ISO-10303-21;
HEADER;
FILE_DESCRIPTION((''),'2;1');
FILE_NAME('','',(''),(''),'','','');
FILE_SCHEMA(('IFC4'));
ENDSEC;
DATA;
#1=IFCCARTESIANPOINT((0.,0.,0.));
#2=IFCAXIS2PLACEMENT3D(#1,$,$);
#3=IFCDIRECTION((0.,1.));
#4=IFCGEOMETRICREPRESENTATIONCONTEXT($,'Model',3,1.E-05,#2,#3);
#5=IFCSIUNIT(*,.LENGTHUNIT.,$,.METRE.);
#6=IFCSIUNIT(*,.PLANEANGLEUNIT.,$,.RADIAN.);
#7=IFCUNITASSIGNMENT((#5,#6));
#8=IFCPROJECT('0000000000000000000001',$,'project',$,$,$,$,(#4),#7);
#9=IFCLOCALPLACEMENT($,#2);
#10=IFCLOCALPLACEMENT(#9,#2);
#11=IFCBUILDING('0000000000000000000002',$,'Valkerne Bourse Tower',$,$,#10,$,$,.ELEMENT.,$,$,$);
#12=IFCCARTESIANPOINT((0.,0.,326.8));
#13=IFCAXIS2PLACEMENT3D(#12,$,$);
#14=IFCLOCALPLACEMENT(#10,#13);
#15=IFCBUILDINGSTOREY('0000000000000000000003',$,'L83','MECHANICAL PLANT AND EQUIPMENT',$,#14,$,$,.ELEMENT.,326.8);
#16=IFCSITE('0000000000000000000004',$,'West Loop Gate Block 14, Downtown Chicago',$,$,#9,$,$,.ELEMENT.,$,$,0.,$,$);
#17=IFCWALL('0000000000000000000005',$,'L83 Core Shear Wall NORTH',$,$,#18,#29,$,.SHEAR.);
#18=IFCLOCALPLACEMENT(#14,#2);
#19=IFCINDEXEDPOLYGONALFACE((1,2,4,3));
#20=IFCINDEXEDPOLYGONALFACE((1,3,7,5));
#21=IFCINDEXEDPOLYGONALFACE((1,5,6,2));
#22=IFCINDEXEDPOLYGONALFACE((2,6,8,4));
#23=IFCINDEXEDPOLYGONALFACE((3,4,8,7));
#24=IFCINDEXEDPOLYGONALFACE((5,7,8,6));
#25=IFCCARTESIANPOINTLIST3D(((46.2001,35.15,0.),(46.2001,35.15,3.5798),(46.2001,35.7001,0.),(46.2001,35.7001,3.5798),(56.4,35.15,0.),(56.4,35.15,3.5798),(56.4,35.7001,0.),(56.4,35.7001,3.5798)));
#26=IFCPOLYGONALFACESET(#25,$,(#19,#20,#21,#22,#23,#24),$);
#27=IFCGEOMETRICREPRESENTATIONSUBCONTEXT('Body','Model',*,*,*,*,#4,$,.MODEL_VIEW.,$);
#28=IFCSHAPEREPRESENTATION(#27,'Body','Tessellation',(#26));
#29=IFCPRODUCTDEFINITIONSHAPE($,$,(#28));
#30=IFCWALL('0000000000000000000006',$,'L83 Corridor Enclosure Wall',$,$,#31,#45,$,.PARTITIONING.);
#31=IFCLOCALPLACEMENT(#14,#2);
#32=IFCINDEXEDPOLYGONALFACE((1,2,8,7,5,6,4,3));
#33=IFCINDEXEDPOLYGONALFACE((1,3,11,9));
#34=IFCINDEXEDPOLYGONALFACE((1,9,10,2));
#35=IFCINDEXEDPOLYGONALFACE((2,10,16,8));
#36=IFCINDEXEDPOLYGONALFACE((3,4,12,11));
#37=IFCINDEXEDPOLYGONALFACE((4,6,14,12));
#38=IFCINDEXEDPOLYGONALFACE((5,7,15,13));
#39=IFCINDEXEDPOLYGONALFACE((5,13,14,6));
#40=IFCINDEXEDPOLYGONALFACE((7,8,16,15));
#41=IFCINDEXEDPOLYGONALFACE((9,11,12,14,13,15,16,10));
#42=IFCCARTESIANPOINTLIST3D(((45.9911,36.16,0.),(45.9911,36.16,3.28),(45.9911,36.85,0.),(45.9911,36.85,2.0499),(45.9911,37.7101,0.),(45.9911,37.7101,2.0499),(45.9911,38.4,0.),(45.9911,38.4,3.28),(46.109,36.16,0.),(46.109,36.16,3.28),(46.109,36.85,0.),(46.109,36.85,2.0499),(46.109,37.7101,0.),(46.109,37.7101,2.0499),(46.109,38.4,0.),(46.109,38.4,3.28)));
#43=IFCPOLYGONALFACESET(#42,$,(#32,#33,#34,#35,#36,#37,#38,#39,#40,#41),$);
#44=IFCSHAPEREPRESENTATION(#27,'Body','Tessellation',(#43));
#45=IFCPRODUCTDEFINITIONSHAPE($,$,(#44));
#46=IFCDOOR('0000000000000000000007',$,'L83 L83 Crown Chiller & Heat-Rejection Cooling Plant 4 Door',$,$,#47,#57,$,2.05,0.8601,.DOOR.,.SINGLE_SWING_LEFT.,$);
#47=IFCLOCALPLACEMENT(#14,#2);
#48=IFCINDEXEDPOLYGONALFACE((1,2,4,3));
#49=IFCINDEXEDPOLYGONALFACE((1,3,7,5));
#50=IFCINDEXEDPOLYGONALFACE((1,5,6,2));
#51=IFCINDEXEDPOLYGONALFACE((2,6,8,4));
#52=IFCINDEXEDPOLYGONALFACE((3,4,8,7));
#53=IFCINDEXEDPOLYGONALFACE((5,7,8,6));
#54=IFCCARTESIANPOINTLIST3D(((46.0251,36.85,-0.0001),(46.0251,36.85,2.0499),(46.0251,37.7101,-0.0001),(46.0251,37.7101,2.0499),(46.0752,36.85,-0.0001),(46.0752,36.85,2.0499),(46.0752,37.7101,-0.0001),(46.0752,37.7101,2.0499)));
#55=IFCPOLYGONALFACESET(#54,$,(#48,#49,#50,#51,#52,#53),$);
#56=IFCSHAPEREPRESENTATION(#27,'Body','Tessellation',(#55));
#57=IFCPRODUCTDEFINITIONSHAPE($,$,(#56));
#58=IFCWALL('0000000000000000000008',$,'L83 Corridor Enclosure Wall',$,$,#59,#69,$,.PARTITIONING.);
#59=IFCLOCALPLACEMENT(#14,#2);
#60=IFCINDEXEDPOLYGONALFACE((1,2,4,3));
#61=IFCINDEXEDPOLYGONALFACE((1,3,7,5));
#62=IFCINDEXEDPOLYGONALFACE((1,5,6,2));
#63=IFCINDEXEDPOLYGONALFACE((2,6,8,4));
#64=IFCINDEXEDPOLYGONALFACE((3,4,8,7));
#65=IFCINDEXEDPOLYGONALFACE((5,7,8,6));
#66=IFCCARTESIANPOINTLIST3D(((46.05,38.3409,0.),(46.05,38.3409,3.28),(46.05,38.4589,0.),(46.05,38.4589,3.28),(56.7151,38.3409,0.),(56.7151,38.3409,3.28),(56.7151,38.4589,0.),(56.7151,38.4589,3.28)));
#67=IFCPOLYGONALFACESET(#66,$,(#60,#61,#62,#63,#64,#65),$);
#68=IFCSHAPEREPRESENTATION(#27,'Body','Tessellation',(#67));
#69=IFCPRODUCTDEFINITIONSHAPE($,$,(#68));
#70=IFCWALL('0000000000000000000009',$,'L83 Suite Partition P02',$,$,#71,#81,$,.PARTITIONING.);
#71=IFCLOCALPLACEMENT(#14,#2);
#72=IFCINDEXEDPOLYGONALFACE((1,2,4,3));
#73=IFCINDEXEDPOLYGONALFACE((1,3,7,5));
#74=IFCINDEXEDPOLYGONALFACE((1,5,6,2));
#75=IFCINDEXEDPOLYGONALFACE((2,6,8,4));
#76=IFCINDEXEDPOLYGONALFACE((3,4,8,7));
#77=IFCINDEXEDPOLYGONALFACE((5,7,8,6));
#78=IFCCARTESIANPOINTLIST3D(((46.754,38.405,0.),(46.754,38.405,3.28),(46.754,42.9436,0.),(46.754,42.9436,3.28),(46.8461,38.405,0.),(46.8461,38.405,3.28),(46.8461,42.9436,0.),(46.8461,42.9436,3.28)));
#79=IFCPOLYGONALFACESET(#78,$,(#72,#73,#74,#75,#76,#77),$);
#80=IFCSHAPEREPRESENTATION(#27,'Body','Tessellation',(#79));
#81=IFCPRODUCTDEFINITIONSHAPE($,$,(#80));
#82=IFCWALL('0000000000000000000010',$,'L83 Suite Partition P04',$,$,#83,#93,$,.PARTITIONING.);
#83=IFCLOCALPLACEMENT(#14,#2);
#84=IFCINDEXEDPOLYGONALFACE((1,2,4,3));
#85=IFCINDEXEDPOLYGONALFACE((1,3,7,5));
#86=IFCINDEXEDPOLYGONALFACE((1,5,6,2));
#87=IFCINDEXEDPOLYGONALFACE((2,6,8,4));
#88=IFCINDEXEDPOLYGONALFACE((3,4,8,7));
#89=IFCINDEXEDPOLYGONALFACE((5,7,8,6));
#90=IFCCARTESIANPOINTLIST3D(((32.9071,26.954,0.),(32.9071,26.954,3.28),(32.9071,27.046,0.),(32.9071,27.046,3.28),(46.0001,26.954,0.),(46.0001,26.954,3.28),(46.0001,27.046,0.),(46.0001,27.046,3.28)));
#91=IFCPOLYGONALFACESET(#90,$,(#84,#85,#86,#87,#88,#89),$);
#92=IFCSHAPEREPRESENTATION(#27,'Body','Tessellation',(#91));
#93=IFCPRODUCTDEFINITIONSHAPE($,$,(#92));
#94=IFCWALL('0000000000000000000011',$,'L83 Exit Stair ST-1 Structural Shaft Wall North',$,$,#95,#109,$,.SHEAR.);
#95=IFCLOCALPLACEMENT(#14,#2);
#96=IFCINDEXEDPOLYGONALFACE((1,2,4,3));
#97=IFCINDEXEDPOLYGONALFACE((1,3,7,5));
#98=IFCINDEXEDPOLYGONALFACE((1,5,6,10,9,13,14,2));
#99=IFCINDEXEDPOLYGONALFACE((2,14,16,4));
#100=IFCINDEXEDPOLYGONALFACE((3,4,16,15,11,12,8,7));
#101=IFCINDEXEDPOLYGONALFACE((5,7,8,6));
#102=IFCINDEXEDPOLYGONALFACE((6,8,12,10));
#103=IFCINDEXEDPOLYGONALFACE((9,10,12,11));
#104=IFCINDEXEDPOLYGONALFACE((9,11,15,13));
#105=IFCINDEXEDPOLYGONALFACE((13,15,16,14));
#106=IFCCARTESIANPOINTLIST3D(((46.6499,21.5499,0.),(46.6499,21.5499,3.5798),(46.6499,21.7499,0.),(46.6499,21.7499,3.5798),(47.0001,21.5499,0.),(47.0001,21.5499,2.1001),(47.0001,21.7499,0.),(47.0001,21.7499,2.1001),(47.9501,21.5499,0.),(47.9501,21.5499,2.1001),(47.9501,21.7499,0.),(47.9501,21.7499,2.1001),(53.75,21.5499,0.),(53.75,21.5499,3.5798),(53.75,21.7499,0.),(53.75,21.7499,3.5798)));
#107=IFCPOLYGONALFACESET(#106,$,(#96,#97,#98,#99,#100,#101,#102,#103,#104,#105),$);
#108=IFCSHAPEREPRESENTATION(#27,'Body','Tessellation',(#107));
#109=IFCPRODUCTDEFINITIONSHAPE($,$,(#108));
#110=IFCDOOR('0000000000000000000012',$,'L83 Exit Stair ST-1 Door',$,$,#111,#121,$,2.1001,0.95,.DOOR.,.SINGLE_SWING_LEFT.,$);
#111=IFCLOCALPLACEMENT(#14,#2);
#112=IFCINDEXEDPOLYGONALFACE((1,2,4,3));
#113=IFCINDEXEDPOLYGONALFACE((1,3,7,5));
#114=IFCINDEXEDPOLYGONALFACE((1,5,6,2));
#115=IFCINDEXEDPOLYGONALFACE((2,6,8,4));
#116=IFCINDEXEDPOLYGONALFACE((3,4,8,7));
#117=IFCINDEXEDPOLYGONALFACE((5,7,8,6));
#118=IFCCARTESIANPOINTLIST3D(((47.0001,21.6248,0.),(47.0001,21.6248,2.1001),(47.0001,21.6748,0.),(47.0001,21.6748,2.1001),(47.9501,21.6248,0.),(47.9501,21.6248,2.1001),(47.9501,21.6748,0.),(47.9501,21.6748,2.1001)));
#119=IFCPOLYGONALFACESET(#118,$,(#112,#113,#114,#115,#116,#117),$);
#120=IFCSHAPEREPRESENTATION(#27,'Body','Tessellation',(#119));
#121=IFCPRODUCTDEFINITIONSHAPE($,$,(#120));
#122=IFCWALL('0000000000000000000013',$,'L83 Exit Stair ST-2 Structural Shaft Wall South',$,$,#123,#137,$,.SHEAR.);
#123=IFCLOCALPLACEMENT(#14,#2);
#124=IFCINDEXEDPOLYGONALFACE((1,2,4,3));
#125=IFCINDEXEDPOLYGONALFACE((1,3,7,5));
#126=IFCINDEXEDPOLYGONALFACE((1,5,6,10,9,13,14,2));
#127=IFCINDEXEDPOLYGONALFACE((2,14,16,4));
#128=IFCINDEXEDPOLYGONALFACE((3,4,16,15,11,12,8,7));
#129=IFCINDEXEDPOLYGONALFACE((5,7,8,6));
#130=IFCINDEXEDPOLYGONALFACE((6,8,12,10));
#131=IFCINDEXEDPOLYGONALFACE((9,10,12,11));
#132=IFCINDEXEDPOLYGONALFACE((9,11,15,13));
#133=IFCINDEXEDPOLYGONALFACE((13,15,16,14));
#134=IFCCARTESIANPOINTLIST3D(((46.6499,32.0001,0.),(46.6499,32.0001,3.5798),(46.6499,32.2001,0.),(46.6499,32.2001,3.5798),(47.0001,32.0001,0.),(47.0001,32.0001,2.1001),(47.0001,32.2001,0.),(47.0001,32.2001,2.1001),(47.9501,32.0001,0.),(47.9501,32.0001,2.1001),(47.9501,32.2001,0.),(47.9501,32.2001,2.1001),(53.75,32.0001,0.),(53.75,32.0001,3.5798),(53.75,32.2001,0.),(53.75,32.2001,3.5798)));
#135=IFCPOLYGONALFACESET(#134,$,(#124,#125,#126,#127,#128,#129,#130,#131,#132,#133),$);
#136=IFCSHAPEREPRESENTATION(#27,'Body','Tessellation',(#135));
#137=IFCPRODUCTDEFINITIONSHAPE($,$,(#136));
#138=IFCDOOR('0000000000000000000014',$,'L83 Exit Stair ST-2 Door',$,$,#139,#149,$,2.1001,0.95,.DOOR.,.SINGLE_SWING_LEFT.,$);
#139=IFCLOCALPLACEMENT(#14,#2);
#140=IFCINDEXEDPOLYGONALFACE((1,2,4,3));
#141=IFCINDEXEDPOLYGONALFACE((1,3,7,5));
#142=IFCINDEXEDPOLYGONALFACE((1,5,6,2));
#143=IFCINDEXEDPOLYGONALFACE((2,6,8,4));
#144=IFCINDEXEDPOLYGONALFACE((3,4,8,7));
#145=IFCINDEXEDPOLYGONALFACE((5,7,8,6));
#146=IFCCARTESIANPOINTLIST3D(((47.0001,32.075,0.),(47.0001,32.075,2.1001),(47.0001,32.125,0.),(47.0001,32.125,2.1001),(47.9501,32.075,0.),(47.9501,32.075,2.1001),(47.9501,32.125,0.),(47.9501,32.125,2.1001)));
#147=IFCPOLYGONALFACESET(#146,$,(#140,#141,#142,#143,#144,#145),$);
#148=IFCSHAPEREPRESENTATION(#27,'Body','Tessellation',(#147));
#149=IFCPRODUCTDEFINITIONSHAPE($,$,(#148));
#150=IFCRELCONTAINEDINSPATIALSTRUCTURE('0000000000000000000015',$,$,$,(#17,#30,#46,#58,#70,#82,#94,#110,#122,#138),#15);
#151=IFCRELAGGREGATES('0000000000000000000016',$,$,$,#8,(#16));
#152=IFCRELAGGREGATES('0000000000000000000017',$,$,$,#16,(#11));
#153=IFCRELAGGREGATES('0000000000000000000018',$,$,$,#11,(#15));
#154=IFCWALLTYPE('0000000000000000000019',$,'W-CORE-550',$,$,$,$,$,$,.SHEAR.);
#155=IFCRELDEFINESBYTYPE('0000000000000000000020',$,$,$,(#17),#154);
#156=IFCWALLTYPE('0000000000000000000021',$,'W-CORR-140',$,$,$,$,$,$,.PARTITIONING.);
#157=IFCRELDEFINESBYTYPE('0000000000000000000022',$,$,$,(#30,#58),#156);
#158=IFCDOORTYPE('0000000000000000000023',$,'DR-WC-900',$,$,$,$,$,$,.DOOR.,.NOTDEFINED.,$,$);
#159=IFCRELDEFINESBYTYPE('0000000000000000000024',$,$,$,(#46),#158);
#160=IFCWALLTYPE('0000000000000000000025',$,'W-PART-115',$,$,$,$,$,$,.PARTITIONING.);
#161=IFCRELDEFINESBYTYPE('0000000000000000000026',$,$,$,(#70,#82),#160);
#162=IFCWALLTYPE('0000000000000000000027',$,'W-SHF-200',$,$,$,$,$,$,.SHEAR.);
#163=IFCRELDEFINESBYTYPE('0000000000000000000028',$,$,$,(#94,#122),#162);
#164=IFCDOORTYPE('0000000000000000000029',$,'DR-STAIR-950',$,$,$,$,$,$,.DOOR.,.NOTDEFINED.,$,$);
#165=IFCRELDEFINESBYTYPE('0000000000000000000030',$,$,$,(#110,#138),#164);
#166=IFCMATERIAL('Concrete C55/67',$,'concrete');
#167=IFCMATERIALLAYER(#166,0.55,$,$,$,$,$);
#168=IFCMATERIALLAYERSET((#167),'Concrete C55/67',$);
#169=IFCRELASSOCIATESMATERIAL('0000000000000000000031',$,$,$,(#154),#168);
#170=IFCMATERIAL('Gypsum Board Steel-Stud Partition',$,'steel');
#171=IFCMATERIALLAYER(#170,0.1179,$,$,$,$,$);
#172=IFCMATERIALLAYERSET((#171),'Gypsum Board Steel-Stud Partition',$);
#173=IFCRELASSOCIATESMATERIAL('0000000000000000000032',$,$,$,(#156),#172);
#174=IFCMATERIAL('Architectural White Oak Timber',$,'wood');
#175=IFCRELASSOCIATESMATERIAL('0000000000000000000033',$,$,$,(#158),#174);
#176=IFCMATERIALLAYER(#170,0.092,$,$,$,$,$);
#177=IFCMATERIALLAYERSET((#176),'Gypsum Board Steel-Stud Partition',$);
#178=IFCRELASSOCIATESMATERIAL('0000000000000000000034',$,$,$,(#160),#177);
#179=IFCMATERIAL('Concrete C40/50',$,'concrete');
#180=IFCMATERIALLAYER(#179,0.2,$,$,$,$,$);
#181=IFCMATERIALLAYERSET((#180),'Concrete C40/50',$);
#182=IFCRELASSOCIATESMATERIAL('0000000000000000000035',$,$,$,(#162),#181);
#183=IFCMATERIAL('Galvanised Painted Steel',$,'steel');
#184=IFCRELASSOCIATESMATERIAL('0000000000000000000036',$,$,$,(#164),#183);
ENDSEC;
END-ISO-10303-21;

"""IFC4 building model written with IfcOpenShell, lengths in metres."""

from ifc_helpers import new_model, si_unit, direction, frame, frame_2d, origin, place, context, subcontext, project, spatial, rectangle, extrude, material, layer, layer_set, type_object, element, fill, save


model = new_model("IFC4")

# Units and contexts
model_context = context("Model", 3, precision=1e-05, world=origin(), true_north=direction((0.0, 1.0)))
body_context = subcontext(model_context, "Body", "Model", "MODEL_VIEW")
ifc_project = project(units=[si_unit("LENGTHUNIT", "METRE"), si_unit("PLANEANGLEUNIT", "RADIAN")], contexts=[model_context])

# Site, building, storey
site_placement = place(None, origin())
site = spatial("IfcSite", under=ifc_project, at=site_placement, Name="West Loop Gate Block 14, Downtown Chicago", CompositionType="ELEMENT", RefElevation=0.0)
building_placement = place(site_placement, origin())
building = spatial("IfcBuilding", under=site, at=building_placement, Name="Valkerne Bourse Tower", CompositionType="ELEMENT")
storey_placement = place(building_placement, frame((0.0, 0.0, 326.8)))
storey = spatial("IfcBuildingStorey", under=building, at=storey_placement, Name="L83", Description="MECHANICAL PLANT AND EQUIPMENT", CompositionType="ELEMENT", Elevation=326.8)

# Wall
ifc_material_1 = material(Name="Concrete C55/67", Category="concrete")
ifc_layer_1 = layer(ifc_material_1, 0.55)
ifc_layer_set_1 = layer_set([ifc_layer_1], Name="Concrete C55/67")
wall_type_1 = type_object("IfcWallType", Name="W-CORE-550", PredefinedType="SHEAR", material=ifc_layer_set_1)
wall_1_placement = place(storey_placement, frame((46.2, 35.425, 0.0), z_axis=(0.0, 0.0, 1.0), x_axis=(1.0, 0.0, 0.0)))
element("IfcWall", 1, at=wall_1_placement, inside=storey, type_object=wall_type_1, Name="L83 Core Shear Wall NORTH", PredefinedType="SHEAR", context=body_context, shape_type="SweptSolid", body=[
    extrude(rectangle(XDim=10.2, YDim=0.55, at=frame_2d((5.1001, 0.0))), origin(), (0.0, 0.0, 1.0), 3.5798),
])

# Wall, opening, door
ifc_material_2 = material(Name="Gypsum Board Steel-Stud Partition", Category="steel")
ifc_layer_2 = layer(ifc_material_2, 0.1179)
ifc_layer_set_2 = layer_set([ifc_layer_2], Name="Gypsum Board Steel-Stud Partition")
wall_type_2 = type_object("IfcWallType", Name="W-CORR-140", PredefinedType="PARTITIONING", material=ifc_layer_set_2)
wall_2_placement = place(storey_placement, frame((46.05, 36.1599, 0.0), z_axis=(0.0, 0.0, 1.0), x_axis=(0.0, 1.0, 0.0)))
wall_2 = element("IfcWall", 2, at=wall_2_placement, inside=storey, type_object=wall_type_2, Name="L83 Corridor Enclosure Wall", PredefinedType="PARTITIONING", context=body_context, shape_type="SweptSolid", body=[
    extrude(rectangle(XDim=2.24, YDim=0.1179, at=frame_2d((1.1201, 0.0))), origin(), (0.0, 0.0, 1.0), 3.28),
])
opening_1_placement = place(wall_2_placement, frame((0.6899, 0.0, 0.0)))
opening_1 = element("IfcOpeningElement", 3, at=opening_1_placement, cuts=wall_2, PredefinedType="OPENING", context=body_context, shape_type="SweptSolid", body=[
    extrude(rectangle(XDim=0.8601, YDim=2.05, at=frame_2d((0.4302, 1.0249))), frame((0.0, 0.0688, 0.0), z_axis=(0.0, -1.0, 0.0), x_axis=(1.0, 0.0, 0.0)), (0.0, 0.0, 1.0), 0.1379),
])
ifc_material_3 = material(Name="Architectural White Oak Timber", Category="wood")
door_type_1 = type_object("IfcDoorType", Name="DR-WC-900", OperationType="NOTDEFINED", PredefinedType="DOOR", material=ifc_material_3)
door_1_placement = place(opening_1_placement, origin())
door_1 = element("IfcDoor", 4, at=door_1_placement, inside=storey, type_object=door_type_1, Name="L83 L83 Crown Chiller & Heat-Rejection Cooling Plant 4 Door", OperationType="SINGLE_SWING_LEFT", OverallHeight=2.05, OverallWidth=0.8601, PredefinedType="DOOR", context=body_context, shape_type="SweptSolid", body=[
    extrude(rectangle(XDim=0.8601, YDim=2.05, at=frame_2d((0.4302, 1.0249))), frame((0.0, 0.0249, 0.0), z_axis=(0.0, -1.0, 0.0), x_axis=(1.0, 0.0, 0.0)), (0.0, 0.0, 1.0), 0.05),
])
fill(opening_1, door_1)

# Walls
wall_3_placement = place(storey_placement, frame((46.05, 38.3999, 0.0), z_axis=(0.0, 0.0, 1.0), x_axis=(1.0, 0.0, 0.0)))
element("IfcWall", 5, at=wall_3_placement, inside=storey, type_object=wall_type_2, Name="L83 Corridor Enclosure Wall", PredefinedType="PARTITIONING", context=body_context, shape_type="SweptSolid", body=[
    extrude(rectangle(XDim=10.665, YDim=0.1179, at=frame_2d((5.3325, 0.0))), origin(), (0.0, 0.0, 1.0), 3.28),
])
ifc_layer_3 = layer(ifc_material_2, 0.092)
ifc_layer_set_3 = layer_set([ifc_layer_3], Name="Gypsum Board Steel-Stud Partition")
wall_type_3 = type_object("IfcWallType", Name="W-PART-115", PredefinedType="PARTITIONING", material=ifc_layer_set_3)
wall_4_placement = place(storey_placement, frame((46.8, 38.405, 0.0), z_axis=(0.0, 0.0, 1.0), x_axis=(0.0, 1.0, 0.0)))
element("IfcWall", 6, at=wall_4_placement, inside=storey, type_object=wall_type_3, Name="L83 Suite Partition P02", PredefinedType="PARTITIONING", context=body_context, shape_type="SweptSolid", body=[
    extrude(rectangle(XDim=4.5386, YDim=0.092, at=frame_2d((2.2693, 0.0))), origin(), (0.0, 0.0, 1.0), 3.28),
])
wall_5_placement = place(storey_placement, frame((46.0, 27.0, 0.0), z_axis=(0.0, 0.0, 1.0), x_axis=(-1.0, 0.0, 0.0)))
element("IfcWall", 7, at=wall_5_placement, inside=storey, type_object=wall_type_3, Name="L83 Suite Partition P04", PredefinedType="PARTITIONING", context=body_context, shape_type="SweptSolid", body=[
    extrude(rectangle(XDim=13.093, YDim=0.092, at=frame_2d((6.5464, 0.0))), origin(), (0.0, 0.0, 1.0), 3.28),
])

# Walls, openings, doors
ifc_material_4 = material(Name="Concrete C40/50", Category="concrete")
ifc_layer_4 = layer(ifc_material_4, 0.2)
ifc_layer_set_4 = layer_set([ifc_layer_4], Name="Concrete C40/50")
wall_type_4 = type_object("IfcWallType", Name="W-SHF-200", PredefinedType="SHEAR", material=ifc_layer_set_4)
wall_6_placement = place(storey_placement, frame((46.6499, 21.6499, 0.0), z_axis=(0.0, 0.0, 1.0), x_axis=(1.0, 0.0, 0.0)))
wall_6 = element("IfcWall", 8, at=wall_6_placement, inside=storey, type_object=wall_type_4, Name="L83 Exit Stair ST-1 Structural Shaft Wall North", PredefinedType="SHEAR", context=body_context, shape_type="SweptSolid", body=[
    extrude(rectangle(XDim=7.1001, YDim=0.2, at=frame_2d((3.55, 0.0))), origin(), (0.0, 0.0, 1.0), 3.5798),
])
opening_2_placement = place(wall_6_placement, frame((0.3501, 0.0, 0.0)))
opening_2 = element("IfcOpeningElement", 9, at=opening_2_placement, cuts=wall_6, PredefinedType="OPENING", context=body_context, shape_type="SweptSolid", body=[
    extrude(rectangle(XDim=0.95, YDim=2.1001, at=frame_2d((0.4751, 1.05))), frame((0.0, 0.1099, 0.0), z_axis=(0.0, -1.0, 0.0), x_axis=(1.0, 0.0, 0.0)), (0.0, 0.0, 1.0), 0.22),
])
ifc_material_5 = material(Name="Galvanised Painted Steel", Category="steel")
door_type_2 = type_object("IfcDoorType", Name="DR-STAIR-950", OperationType="NOTDEFINED", PredefinedType="DOOR", material=ifc_material_5)
door_2_placement = place(opening_2_placement, origin())
door_2 = element("IfcDoor", 10, at=door_2_placement, inside=storey, type_object=door_type_2, Name="L83 Exit Stair ST-1 Door", OperationType="SINGLE_SWING_LEFT", OverallHeight=2.1001, OverallWidth=0.95, PredefinedType="DOOR", context=body_context, shape_type="SweptSolid", body=[
    extrude(rectangle(XDim=0.95, YDim=2.1001, at=frame_2d((0.4751, 1.05))), frame((0.0, 0.0249, 0.0), z_axis=(0.0, -1.0, 0.0), x_axis=(1.0, 0.0, 0.0)), (0.0, 0.0, 1.0), 0.05),
])
fill(opening_2, door_2)
wall_7_placement = place(storey_placement, frame((46.6499, 32.1001, 0.0), z_axis=(0.0, 0.0, 1.0), x_axis=(1.0, 0.0, 0.0)))
wall_7 = element("IfcWall", 11, at=wall_7_placement, inside=storey, type_object=wall_type_4, Name="L83 Exit Stair ST-2 Structural Shaft Wall South", PredefinedType="SHEAR", context=body_context, shape_type="SweptSolid", body=[
    extrude(rectangle(XDim=7.1001, YDim=0.2, at=frame_2d((3.55, 0.0))), origin(), (0.0, 0.0, 1.0), 3.5798),
])
opening_3_placement = place(wall_7_placement, frame((0.3501, 0.0, 0.0)))
opening_3 = element("IfcOpeningElement", 12, at=opening_3_placement, cuts=wall_7, PredefinedType="OPENING", context=body_context, shape_type="SweptSolid", body=[
    extrude(rectangle(XDim=0.95, YDim=2.1001, at=frame_2d((0.4751, 1.05))), frame((0.0, 0.1099, 0.0), z_axis=(0.0, -1.0, 0.0), x_axis=(1.0, 0.0, 0.0)), (0.0, 0.0, 1.0), 0.22),
])
door_3_placement = place(opening_3_placement, origin())
door_3 = element("IfcDoor", 13, at=door_3_placement, inside=storey, type_object=door_type_2, Name="L83 Exit Stair ST-2 Door", OperationType="SINGLE_SWING_LEFT", OverallHeight=2.1001, OverallWidth=0.95, PredefinedType="DOOR", context=body_context, shape_type="SweptSolid", body=[
    extrude(rectangle(XDim=0.95, YDim=2.1001, at=frame_2d((0.4751, 1.05))), frame((0.0, 0.0249, 0.0), z_axis=(0.0, -1.0, 0.0), x_axis=(1.0, 0.0, 0.0)), (0.0, 0.0, 1.0), 0.05),
])
fill(opening_3, door_3)

save(model, "model.ifc")
